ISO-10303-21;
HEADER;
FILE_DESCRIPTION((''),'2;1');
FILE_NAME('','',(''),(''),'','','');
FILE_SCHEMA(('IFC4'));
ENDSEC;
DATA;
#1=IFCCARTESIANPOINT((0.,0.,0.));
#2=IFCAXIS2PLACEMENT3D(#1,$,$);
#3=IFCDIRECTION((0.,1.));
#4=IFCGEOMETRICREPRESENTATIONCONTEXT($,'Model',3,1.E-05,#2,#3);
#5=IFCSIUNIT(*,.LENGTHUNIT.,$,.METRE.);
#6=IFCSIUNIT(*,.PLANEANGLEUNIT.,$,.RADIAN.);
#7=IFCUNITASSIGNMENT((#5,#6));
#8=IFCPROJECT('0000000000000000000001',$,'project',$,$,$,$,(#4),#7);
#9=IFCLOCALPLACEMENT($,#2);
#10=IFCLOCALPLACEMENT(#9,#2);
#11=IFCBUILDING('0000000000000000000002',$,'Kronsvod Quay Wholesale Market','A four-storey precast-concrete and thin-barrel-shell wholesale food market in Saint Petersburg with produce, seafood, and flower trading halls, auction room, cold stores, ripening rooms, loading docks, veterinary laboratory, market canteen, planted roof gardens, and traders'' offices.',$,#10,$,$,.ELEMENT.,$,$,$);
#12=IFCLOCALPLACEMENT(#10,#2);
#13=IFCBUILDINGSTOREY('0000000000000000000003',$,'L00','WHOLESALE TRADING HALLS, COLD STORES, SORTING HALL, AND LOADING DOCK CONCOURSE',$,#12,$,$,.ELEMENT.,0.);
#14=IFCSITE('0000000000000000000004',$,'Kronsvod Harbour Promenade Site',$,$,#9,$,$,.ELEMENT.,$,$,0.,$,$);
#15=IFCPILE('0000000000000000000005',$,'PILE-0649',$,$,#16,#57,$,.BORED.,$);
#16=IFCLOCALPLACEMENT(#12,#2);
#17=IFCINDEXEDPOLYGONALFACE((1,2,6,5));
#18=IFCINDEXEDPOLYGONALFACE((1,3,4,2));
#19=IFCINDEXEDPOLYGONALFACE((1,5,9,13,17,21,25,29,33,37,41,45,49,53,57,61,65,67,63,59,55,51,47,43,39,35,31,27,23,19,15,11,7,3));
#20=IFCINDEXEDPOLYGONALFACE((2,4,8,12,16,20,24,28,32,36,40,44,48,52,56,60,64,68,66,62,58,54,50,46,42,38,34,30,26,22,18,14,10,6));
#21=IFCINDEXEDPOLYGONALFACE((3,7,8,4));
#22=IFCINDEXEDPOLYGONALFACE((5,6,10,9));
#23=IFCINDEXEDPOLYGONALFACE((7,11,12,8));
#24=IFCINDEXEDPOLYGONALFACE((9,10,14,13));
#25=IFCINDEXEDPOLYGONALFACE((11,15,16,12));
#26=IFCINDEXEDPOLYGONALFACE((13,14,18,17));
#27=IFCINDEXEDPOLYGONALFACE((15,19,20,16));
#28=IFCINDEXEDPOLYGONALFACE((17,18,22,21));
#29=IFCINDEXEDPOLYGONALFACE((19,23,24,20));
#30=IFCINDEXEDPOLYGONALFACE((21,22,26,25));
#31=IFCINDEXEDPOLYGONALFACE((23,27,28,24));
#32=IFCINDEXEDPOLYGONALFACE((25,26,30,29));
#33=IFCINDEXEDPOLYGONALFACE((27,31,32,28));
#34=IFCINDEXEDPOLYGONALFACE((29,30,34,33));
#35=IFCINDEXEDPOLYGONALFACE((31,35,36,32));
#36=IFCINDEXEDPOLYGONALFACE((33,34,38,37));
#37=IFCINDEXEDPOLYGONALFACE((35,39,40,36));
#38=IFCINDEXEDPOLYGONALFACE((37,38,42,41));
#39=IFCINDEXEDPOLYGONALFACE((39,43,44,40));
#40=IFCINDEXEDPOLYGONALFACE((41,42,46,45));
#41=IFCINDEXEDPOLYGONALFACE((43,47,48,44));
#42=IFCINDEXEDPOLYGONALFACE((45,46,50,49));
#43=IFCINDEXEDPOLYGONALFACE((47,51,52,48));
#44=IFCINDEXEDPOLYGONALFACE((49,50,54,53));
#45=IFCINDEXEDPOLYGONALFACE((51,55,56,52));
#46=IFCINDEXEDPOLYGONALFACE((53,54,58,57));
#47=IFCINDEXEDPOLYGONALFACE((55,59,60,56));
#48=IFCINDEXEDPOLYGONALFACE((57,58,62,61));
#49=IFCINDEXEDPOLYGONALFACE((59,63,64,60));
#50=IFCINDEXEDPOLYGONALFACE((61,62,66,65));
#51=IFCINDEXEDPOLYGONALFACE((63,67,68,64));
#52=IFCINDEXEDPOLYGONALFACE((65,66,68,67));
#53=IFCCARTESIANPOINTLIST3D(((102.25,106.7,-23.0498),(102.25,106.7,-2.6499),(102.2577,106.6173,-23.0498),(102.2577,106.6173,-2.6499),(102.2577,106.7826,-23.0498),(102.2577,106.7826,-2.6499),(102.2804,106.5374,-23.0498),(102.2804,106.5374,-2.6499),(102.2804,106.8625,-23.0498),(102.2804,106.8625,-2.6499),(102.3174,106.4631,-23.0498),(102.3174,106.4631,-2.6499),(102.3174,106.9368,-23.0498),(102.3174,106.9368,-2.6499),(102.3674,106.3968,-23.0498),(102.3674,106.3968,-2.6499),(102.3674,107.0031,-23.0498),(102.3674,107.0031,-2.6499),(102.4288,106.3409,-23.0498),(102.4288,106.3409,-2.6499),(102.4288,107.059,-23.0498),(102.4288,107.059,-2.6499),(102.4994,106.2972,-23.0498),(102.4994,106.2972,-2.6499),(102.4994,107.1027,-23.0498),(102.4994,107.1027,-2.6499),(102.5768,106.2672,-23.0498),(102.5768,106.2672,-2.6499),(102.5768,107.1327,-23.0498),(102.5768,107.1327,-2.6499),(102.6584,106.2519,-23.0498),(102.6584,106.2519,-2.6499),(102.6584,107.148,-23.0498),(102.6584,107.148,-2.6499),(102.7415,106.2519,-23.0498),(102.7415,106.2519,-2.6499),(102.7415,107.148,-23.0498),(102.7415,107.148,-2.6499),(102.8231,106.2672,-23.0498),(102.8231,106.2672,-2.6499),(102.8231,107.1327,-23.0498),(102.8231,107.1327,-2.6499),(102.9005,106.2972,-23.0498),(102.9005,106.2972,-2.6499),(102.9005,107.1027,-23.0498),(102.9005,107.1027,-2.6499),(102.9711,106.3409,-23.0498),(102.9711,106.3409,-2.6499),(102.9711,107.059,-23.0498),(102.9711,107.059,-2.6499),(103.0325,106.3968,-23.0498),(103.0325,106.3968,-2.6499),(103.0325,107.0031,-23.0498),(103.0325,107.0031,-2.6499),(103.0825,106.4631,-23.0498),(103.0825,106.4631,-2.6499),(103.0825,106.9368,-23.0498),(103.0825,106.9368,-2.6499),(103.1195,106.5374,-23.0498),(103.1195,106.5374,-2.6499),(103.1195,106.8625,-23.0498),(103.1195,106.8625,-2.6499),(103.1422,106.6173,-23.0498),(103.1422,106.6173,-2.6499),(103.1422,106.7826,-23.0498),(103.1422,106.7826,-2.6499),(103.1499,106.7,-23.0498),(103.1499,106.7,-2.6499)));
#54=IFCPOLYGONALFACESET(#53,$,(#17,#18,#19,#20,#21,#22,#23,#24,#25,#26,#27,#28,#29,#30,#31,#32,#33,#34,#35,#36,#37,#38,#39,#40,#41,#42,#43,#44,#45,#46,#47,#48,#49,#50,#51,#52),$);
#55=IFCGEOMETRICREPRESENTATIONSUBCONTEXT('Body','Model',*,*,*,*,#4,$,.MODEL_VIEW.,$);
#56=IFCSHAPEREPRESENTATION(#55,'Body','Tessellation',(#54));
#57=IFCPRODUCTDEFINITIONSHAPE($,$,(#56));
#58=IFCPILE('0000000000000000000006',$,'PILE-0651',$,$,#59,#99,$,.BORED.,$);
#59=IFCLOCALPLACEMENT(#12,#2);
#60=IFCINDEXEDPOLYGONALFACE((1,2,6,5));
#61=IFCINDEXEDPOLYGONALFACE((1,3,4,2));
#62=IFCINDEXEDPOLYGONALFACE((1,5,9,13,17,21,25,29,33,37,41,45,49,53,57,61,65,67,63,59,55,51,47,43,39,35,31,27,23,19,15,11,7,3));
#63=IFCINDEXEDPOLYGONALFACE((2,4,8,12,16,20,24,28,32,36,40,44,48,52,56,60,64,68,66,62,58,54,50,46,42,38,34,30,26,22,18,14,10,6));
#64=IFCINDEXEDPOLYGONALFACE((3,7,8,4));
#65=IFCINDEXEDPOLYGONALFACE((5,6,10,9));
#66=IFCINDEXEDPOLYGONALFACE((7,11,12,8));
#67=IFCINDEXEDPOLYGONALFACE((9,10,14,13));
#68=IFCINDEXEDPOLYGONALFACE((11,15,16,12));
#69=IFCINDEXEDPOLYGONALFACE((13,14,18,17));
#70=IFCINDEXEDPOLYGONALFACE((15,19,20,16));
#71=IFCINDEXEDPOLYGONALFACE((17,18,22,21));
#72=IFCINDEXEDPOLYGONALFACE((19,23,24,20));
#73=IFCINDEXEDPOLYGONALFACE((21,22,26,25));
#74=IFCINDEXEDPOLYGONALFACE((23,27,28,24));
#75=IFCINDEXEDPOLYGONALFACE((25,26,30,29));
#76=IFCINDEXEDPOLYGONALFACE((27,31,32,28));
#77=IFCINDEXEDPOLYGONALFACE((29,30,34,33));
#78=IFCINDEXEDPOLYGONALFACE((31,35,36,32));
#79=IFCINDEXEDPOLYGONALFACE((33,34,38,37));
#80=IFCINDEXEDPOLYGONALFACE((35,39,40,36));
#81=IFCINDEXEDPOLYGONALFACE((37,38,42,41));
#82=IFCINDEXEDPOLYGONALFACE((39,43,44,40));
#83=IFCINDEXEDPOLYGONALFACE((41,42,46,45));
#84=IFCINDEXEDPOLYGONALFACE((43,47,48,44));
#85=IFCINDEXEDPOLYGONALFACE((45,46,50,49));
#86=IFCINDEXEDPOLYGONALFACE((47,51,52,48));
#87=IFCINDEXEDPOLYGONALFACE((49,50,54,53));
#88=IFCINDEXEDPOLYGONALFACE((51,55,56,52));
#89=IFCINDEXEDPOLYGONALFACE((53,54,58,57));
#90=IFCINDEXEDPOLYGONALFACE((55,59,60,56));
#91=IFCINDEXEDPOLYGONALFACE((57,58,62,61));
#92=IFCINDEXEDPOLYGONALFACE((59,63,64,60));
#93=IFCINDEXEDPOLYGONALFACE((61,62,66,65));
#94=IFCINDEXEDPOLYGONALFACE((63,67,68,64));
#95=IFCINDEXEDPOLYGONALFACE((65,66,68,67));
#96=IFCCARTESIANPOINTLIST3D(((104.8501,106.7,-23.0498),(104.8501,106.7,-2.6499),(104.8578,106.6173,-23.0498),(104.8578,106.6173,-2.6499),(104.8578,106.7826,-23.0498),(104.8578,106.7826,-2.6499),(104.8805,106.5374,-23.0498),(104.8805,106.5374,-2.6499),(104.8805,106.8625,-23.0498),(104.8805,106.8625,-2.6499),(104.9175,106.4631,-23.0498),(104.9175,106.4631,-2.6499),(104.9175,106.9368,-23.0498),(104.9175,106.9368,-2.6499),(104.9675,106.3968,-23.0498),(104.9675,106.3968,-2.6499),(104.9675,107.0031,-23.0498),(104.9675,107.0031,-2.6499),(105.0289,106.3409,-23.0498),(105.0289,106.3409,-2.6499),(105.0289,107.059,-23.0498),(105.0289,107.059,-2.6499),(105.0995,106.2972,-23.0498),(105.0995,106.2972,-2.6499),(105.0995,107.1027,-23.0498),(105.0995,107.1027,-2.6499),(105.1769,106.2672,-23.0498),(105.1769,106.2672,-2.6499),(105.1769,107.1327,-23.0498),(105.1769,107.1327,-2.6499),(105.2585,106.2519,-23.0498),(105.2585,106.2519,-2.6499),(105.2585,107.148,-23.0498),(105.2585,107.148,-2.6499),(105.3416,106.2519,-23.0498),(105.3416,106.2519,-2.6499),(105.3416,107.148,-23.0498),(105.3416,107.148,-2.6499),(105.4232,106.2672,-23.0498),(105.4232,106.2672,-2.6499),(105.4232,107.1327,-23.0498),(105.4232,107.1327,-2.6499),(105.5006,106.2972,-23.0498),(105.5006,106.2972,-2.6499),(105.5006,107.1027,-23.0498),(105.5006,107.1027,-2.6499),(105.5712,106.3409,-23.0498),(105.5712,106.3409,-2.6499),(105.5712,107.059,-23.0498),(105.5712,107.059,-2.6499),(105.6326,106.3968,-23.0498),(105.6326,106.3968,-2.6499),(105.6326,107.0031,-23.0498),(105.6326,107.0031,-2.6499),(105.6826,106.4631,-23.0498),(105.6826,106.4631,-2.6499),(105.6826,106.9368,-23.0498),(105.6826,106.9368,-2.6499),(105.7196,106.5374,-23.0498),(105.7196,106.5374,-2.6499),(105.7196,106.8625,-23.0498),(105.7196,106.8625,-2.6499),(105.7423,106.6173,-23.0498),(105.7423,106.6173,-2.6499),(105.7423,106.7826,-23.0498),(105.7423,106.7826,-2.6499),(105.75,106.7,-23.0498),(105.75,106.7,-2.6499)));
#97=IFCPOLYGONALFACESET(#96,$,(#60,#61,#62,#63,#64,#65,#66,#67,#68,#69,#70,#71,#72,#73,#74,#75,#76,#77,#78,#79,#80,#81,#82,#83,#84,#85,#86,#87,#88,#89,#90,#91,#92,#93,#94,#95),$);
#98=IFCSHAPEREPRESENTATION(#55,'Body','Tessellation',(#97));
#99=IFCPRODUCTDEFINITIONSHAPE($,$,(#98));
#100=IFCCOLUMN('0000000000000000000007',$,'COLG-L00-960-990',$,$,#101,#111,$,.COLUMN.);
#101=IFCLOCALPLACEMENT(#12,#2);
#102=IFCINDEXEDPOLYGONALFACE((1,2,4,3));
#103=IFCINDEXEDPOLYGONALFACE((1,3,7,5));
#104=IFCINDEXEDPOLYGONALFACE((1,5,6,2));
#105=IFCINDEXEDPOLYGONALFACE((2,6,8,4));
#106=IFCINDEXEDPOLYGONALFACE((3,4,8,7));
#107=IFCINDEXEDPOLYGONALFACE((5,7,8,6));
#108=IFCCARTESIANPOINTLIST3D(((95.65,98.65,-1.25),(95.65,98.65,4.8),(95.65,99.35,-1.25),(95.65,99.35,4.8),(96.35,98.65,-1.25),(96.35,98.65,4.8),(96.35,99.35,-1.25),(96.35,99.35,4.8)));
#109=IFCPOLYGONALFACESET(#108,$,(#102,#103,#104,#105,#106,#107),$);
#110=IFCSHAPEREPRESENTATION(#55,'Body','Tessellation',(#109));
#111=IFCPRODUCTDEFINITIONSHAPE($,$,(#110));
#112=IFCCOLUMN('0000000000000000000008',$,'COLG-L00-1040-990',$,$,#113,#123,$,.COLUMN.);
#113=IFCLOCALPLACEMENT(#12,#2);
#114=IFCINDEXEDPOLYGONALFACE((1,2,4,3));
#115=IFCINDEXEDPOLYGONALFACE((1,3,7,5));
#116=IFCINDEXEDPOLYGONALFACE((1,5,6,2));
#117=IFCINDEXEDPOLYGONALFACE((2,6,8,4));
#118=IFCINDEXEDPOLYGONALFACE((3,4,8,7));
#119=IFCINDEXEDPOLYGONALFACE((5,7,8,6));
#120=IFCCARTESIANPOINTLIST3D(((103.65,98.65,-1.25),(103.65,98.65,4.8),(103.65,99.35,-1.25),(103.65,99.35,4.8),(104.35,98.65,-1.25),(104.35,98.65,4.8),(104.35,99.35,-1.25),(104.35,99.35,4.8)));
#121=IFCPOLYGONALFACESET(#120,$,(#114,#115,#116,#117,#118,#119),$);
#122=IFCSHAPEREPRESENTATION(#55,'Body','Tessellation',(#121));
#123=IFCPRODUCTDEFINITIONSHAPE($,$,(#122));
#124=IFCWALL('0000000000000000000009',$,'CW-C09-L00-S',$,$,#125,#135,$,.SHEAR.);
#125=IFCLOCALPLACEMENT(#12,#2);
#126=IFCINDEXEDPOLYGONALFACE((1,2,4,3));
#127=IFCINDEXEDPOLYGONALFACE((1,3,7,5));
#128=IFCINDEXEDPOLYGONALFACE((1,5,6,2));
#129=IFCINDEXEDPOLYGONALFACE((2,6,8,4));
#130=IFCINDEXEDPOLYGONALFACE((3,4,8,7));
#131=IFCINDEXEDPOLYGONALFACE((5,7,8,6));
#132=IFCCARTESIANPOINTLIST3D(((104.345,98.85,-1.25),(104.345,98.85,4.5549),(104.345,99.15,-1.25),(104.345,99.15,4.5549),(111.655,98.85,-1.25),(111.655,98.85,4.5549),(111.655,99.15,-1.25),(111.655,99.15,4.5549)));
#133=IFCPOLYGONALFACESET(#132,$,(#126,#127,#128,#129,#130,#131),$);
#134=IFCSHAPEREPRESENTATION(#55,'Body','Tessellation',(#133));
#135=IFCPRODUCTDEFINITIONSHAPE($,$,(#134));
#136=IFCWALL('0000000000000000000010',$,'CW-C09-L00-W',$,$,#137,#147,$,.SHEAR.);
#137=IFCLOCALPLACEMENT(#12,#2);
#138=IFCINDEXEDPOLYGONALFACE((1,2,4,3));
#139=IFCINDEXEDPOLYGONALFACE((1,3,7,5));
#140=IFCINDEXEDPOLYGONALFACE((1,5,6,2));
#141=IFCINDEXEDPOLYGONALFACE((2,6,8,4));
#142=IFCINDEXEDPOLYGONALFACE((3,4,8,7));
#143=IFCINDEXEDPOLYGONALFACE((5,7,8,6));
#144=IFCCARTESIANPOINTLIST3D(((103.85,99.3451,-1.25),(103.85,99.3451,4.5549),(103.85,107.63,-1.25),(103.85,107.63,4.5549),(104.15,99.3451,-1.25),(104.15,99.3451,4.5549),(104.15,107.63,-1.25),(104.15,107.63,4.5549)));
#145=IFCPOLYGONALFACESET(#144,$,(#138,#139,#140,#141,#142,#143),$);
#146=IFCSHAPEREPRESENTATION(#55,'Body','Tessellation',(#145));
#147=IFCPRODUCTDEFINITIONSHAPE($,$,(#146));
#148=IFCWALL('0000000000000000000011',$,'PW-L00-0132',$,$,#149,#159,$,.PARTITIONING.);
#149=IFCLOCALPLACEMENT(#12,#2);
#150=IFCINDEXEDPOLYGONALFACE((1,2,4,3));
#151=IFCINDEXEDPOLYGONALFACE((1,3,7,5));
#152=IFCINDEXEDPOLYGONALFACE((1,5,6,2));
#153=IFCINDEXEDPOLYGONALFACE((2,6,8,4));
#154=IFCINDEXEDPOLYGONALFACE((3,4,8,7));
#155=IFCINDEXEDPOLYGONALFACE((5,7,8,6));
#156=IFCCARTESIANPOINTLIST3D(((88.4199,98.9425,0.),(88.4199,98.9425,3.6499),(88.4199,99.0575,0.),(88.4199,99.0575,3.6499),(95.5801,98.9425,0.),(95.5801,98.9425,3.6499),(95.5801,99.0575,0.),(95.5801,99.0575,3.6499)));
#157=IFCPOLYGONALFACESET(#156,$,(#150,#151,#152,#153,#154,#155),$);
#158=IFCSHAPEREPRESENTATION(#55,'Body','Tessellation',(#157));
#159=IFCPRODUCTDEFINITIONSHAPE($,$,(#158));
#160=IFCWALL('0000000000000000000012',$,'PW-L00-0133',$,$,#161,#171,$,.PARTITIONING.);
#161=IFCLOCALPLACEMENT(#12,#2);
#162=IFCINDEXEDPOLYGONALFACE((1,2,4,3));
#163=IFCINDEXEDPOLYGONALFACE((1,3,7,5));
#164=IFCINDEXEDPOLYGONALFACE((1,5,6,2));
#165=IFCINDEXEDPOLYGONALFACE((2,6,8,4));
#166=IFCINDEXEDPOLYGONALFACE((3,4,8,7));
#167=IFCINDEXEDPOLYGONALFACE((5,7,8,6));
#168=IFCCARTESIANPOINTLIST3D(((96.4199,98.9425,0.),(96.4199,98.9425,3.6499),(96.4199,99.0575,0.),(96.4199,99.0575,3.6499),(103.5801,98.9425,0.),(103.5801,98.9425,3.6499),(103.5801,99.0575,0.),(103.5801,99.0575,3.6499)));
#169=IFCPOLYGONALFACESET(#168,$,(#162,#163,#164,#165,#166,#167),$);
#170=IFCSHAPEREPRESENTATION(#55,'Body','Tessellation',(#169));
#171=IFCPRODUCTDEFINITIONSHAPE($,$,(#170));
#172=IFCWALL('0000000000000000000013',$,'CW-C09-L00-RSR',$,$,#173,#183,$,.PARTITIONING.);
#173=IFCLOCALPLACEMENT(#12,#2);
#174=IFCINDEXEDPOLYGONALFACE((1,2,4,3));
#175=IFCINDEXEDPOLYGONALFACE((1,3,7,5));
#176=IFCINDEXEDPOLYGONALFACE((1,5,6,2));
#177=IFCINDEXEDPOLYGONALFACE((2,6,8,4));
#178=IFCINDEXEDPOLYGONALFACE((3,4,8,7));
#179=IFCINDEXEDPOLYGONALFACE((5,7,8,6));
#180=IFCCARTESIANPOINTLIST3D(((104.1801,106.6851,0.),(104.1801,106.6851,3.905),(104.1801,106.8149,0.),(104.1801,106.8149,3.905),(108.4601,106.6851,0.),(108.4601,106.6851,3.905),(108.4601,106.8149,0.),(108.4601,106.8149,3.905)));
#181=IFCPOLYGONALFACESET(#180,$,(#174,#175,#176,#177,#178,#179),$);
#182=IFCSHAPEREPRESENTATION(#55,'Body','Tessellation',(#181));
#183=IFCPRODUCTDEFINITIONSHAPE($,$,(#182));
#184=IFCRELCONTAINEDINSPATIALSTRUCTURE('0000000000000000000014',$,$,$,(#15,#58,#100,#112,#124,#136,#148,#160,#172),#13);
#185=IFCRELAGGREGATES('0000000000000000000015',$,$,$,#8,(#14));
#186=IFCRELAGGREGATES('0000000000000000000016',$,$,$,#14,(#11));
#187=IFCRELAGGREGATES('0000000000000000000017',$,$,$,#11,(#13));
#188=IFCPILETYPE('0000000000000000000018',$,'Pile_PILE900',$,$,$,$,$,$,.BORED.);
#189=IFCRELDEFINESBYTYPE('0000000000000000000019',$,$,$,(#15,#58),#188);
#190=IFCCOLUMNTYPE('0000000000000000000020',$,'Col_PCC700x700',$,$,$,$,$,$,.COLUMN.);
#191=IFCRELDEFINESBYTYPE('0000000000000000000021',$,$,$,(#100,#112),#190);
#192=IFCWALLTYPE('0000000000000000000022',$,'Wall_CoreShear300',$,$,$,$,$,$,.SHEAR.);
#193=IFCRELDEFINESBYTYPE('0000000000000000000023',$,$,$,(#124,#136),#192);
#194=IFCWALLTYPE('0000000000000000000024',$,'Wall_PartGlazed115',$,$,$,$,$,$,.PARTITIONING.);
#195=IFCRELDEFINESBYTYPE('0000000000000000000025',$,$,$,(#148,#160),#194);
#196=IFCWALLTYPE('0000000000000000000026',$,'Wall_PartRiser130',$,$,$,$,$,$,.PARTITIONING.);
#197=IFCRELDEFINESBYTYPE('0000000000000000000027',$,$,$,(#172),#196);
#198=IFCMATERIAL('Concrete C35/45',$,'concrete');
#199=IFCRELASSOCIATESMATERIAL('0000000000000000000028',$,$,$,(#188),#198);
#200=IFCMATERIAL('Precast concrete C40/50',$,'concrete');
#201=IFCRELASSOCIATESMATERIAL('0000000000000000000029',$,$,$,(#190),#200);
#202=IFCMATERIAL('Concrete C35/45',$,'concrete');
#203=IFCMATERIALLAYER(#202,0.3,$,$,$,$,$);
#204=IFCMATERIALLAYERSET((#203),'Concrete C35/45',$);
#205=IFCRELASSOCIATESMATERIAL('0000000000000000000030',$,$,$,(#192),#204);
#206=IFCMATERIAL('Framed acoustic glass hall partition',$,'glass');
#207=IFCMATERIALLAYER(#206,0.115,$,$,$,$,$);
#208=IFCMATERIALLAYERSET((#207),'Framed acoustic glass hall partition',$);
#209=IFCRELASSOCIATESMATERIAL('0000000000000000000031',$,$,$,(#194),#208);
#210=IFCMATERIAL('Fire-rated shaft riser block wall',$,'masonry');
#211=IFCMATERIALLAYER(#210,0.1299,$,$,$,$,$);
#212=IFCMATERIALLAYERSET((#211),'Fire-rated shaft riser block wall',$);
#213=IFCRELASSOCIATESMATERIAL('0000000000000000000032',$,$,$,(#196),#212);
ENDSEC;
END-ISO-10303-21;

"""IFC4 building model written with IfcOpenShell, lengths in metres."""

from ifc_helpers import new_model, si_unit, direction, frame, frame_2d, origin, origin_2d, place, context, subcontext, project, spatial, rectangle, circle, extrude, material, layer, layer_set, material_profile, profile_set, type_object, element, save


model = new_model("IFC4")

# Units and contexts
model_context = context("Model", 3, precision=1e-05, world=origin(), true_north=direction((0.0, 1.0)))
body_context = subcontext(model_context, "Body", "Model", "MODEL_VIEW")
ifc_project = project(units=[si_unit("LENGTHUNIT", "METRE"), si_unit("PLANEANGLEUNIT", "RADIAN")], contexts=[model_context])

# Site, building, storey
site_placement = place(None, origin())
site = spatial("IfcSite", under=ifc_project, at=site_placement, Name="Kronsvod Harbour Promenade Site", CompositionType="ELEMENT", RefElevation=0.0)
building_placement = place(site_placement, origin())
building = spatial("IfcBuilding", under=site, at=building_placement, Name="Kronsvod Quay Wholesale Market", Description="A four-storey precast-concrete and thin-barrel-shell wholesale food market in Saint Petersburg with produce, seafood, and flower trading halls, auction room, cold stores, ripening rooms, loading docks, veterinary laboratory, market canteen, planted roof gardens, and traders' offices.", CompositionType="ELEMENT")
storey_placement = place(building_placement, origin())
storey = spatial("IfcBuildingStorey", under=building, at=storey_placement, Name="L00", Description="WHOLESALE TRADING HALLS, COLD STORES, SORTING HALL, AND LOADING DOCK CONCOURSE", CompositionType="ELEMENT", Elevation=0.0)

# Piles
ifc_material_1 = material(Name="Concrete C35/45", Category="concrete")
ifc_material_profile_1 = material_profile(ifc_material_1, circle(Radius=0.45, at=origin_2d()), Name="PILE900")
ifc_profile_set_1 = profile_set([ifc_material_profile_1], Name="Concrete C35/45")
pile_type = type_object("IfcPileType", Name="Pile_PILE900", PredefinedType="BORED", material=ifc_profile_set_1)
for number, where, z_axis, x_axis, name in (
    (1, (102.7, 106.7, -2.6499), (0.0, 0.0, -1.0), (1.0, 0.0, 0.0), "PILE-0649"),
    (2, (105.3, 106.7, -2.6499), (0.0, 0.0, -1.0), (1.0, 0.0, 0.0), "PILE-0651"),
):
    element("IfcPile", number, at=place(storey_placement, frame(where, z_axis=z_axis, x_axis=x_axis)), inside=storey, type_object=pile_type, Name=name, PredefinedType="BORED", context=body_context, shape_type="SweptSolid", body=[
        extrude(circle(Radius=0.45, at=origin_2d()), origin(), (0.0, 0.0, 1.0), 20.3999),
    ])

# Columns
ifc_material_2 = material(Name="Precast concrete C40/50", Category="concrete")
ifc_material_profile_2 = material_profile(ifc_material_2, rectangle(XDim=0.7, YDim=0.7, at=origin_2d()), Name="PCC700x700")
ifc_profile_set_2 = profile_set([ifc_material_profile_2], Name="Precast concrete C40/50")
column_type = type_object("IfcColumnType", Name="Col_PCC700x700", PredefinedType="COLUMN", material=ifc_profile_set_2)
for number, where, z_axis, x_axis, name in (
    (3, (96.0, 99.0, -1.25), (0.0, 0.0, 1.0), (1.0, 0.0, 0.0), "COLG-L00-960-990"),
    (4, (104.0, 99.0, -1.25), (0.0, 0.0, 1.0), (1.0, 0.0, 0.0), "COLG-L00-1040-990"),
):
    element("IfcColumn", number, at=place(storey_placement, frame(where, z_axis=z_axis, x_axis=x_axis)), inside=storey, type_object=column_type, Name=name, PredefinedType="COLUMN", context=body_context, shape_type="SweptSolid", body=[
        extrude(rectangle(XDim=0.7, YDim=0.7, at=origin_2d()), origin(), (0.0, 0.0, 1.0), 6.05),
    ])

# Walls
ifc_material_3 = material(Name="Concrete C35/45", Category="concrete")
ifc_layer_1 = layer(ifc_material_3, 0.3)
ifc_layer_set_1 = layer_set([ifc_layer_1], Name="Concrete C35/45")
wall_type_1 = type_object("IfcWallType", Name="Wall_CoreShear300", PredefinedType="SHEAR", material=ifc_layer_set_1)
wall_1_placement = place(storey_placement, frame((104.345, 99.0, -1.25), z_axis=(0.0, 0.0, 1.0), x_axis=(1.0, 0.0, 0.0)))
element("IfcWall", 5, at=wall_1_placement, inside=storey, type_object=wall_type_1, Name="CW-C09-L00-S", PredefinedType="SHEAR", context=body_context, shape_type="SweptSolid", body=[
    extrude(rectangle(XDim=7.3101, YDim=0.3, at=frame_2d((3.655, 0.0))), origin(), (0.0, 0.0, 1.0), 5.8049),
])
wall_2_placement = place(storey_placement, frame((104.0, 99.345, -1.25), z_axis=(0.0, 0.0, 1.0), x_axis=(0.0, 1.0, 0.0)))
element("IfcWall", 6, at=wall_2_placement, inside=storey, type_object=wall_type_1, Name="CW-C09-L00-W", PredefinedType="SHEAR", context=body_context, shape_type="SweptSolid", body=[
    extrude(rectangle(XDim=8.2849, YDim=0.3, at=frame_2d((4.1426, 0.0))), origin(), (0.0, 0.0, 1.0), 5.8049),
])
ifc_material_4 = material(Name="Framed acoustic glass hall partition", Category="glass")
ifc_layer_2 = layer(ifc_material_4, 0.115)
ifc_layer_set_2 = layer_set([ifc_layer_2], Name="Framed acoustic glass hall partition")
wall_type_2 = type_object("IfcWallType", Name="Wall_PartGlazed115", PredefinedType="PARTITIONING", material=ifc_layer_set_2)
for number, where, z_axis, x_axis, name in (
    (7, (88.4199, 99.0, 0.0), (0.0, 0.0, 1.0), (1.0, 0.0, 0.0), "PW-L00-0132"),
    (8, (96.4199, 99.0, 0.0), (0.0, 0.0, 1.0), (1.0, 0.0, 0.0), "PW-L00-0133"),
):
    element("IfcWall", number, at=place(storey_placement, frame(where, z_axis=z_axis, x_axis=x_axis)), inside=storey, type_object=wall_type_2, Name=name, PredefinedType="PARTITIONING", context=body_context, shape_type="SweptSolid", body=[
        extrude(rectangle(XDim=7.1602, YDim=0.115, at=frame_2d((3.5801, 0.0))), origin(), (0.0, 0.0, 1.0), 3.6499),
    ])
ifc_material_5 = material(Name="Fire-rated shaft riser block wall", Category="masonry")
ifc_layer_3 = layer(ifc_material_5, 0.1299)
ifc_layer_set_3 = layer_set([ifc_layer_3], Name="Fire-rated shaft riser block wall")
wall_type_3 = type_object("IfcWallType", Name="Wall_PartRiser130", PredefinedType="PARTITIONING", material=ifc_layer_set_3)
wall_3_placement = place(storey_placement, frame((104.1799, 106.75, 0.0), z_axis=(0.0, 0.0, 1.0), x_axis=(1.0, 0.0, 0.0)))
element("IfcWall", 9, at=wall_3_placement, inside=storey, type_object=wall_type_3, Name="CW-C09-L00-RSR", PredefinedType="PARTITIONING", context=body_context, shape_type="SweptSolid", body=[
    extrude(rectangle(XDim=4.28, YDim=0.1299, at=frame_2d((2.1401, 0.0))), origin(), (0.0, 0.0, 1.0), 3.905),
])

save(model, "model.ifc")
